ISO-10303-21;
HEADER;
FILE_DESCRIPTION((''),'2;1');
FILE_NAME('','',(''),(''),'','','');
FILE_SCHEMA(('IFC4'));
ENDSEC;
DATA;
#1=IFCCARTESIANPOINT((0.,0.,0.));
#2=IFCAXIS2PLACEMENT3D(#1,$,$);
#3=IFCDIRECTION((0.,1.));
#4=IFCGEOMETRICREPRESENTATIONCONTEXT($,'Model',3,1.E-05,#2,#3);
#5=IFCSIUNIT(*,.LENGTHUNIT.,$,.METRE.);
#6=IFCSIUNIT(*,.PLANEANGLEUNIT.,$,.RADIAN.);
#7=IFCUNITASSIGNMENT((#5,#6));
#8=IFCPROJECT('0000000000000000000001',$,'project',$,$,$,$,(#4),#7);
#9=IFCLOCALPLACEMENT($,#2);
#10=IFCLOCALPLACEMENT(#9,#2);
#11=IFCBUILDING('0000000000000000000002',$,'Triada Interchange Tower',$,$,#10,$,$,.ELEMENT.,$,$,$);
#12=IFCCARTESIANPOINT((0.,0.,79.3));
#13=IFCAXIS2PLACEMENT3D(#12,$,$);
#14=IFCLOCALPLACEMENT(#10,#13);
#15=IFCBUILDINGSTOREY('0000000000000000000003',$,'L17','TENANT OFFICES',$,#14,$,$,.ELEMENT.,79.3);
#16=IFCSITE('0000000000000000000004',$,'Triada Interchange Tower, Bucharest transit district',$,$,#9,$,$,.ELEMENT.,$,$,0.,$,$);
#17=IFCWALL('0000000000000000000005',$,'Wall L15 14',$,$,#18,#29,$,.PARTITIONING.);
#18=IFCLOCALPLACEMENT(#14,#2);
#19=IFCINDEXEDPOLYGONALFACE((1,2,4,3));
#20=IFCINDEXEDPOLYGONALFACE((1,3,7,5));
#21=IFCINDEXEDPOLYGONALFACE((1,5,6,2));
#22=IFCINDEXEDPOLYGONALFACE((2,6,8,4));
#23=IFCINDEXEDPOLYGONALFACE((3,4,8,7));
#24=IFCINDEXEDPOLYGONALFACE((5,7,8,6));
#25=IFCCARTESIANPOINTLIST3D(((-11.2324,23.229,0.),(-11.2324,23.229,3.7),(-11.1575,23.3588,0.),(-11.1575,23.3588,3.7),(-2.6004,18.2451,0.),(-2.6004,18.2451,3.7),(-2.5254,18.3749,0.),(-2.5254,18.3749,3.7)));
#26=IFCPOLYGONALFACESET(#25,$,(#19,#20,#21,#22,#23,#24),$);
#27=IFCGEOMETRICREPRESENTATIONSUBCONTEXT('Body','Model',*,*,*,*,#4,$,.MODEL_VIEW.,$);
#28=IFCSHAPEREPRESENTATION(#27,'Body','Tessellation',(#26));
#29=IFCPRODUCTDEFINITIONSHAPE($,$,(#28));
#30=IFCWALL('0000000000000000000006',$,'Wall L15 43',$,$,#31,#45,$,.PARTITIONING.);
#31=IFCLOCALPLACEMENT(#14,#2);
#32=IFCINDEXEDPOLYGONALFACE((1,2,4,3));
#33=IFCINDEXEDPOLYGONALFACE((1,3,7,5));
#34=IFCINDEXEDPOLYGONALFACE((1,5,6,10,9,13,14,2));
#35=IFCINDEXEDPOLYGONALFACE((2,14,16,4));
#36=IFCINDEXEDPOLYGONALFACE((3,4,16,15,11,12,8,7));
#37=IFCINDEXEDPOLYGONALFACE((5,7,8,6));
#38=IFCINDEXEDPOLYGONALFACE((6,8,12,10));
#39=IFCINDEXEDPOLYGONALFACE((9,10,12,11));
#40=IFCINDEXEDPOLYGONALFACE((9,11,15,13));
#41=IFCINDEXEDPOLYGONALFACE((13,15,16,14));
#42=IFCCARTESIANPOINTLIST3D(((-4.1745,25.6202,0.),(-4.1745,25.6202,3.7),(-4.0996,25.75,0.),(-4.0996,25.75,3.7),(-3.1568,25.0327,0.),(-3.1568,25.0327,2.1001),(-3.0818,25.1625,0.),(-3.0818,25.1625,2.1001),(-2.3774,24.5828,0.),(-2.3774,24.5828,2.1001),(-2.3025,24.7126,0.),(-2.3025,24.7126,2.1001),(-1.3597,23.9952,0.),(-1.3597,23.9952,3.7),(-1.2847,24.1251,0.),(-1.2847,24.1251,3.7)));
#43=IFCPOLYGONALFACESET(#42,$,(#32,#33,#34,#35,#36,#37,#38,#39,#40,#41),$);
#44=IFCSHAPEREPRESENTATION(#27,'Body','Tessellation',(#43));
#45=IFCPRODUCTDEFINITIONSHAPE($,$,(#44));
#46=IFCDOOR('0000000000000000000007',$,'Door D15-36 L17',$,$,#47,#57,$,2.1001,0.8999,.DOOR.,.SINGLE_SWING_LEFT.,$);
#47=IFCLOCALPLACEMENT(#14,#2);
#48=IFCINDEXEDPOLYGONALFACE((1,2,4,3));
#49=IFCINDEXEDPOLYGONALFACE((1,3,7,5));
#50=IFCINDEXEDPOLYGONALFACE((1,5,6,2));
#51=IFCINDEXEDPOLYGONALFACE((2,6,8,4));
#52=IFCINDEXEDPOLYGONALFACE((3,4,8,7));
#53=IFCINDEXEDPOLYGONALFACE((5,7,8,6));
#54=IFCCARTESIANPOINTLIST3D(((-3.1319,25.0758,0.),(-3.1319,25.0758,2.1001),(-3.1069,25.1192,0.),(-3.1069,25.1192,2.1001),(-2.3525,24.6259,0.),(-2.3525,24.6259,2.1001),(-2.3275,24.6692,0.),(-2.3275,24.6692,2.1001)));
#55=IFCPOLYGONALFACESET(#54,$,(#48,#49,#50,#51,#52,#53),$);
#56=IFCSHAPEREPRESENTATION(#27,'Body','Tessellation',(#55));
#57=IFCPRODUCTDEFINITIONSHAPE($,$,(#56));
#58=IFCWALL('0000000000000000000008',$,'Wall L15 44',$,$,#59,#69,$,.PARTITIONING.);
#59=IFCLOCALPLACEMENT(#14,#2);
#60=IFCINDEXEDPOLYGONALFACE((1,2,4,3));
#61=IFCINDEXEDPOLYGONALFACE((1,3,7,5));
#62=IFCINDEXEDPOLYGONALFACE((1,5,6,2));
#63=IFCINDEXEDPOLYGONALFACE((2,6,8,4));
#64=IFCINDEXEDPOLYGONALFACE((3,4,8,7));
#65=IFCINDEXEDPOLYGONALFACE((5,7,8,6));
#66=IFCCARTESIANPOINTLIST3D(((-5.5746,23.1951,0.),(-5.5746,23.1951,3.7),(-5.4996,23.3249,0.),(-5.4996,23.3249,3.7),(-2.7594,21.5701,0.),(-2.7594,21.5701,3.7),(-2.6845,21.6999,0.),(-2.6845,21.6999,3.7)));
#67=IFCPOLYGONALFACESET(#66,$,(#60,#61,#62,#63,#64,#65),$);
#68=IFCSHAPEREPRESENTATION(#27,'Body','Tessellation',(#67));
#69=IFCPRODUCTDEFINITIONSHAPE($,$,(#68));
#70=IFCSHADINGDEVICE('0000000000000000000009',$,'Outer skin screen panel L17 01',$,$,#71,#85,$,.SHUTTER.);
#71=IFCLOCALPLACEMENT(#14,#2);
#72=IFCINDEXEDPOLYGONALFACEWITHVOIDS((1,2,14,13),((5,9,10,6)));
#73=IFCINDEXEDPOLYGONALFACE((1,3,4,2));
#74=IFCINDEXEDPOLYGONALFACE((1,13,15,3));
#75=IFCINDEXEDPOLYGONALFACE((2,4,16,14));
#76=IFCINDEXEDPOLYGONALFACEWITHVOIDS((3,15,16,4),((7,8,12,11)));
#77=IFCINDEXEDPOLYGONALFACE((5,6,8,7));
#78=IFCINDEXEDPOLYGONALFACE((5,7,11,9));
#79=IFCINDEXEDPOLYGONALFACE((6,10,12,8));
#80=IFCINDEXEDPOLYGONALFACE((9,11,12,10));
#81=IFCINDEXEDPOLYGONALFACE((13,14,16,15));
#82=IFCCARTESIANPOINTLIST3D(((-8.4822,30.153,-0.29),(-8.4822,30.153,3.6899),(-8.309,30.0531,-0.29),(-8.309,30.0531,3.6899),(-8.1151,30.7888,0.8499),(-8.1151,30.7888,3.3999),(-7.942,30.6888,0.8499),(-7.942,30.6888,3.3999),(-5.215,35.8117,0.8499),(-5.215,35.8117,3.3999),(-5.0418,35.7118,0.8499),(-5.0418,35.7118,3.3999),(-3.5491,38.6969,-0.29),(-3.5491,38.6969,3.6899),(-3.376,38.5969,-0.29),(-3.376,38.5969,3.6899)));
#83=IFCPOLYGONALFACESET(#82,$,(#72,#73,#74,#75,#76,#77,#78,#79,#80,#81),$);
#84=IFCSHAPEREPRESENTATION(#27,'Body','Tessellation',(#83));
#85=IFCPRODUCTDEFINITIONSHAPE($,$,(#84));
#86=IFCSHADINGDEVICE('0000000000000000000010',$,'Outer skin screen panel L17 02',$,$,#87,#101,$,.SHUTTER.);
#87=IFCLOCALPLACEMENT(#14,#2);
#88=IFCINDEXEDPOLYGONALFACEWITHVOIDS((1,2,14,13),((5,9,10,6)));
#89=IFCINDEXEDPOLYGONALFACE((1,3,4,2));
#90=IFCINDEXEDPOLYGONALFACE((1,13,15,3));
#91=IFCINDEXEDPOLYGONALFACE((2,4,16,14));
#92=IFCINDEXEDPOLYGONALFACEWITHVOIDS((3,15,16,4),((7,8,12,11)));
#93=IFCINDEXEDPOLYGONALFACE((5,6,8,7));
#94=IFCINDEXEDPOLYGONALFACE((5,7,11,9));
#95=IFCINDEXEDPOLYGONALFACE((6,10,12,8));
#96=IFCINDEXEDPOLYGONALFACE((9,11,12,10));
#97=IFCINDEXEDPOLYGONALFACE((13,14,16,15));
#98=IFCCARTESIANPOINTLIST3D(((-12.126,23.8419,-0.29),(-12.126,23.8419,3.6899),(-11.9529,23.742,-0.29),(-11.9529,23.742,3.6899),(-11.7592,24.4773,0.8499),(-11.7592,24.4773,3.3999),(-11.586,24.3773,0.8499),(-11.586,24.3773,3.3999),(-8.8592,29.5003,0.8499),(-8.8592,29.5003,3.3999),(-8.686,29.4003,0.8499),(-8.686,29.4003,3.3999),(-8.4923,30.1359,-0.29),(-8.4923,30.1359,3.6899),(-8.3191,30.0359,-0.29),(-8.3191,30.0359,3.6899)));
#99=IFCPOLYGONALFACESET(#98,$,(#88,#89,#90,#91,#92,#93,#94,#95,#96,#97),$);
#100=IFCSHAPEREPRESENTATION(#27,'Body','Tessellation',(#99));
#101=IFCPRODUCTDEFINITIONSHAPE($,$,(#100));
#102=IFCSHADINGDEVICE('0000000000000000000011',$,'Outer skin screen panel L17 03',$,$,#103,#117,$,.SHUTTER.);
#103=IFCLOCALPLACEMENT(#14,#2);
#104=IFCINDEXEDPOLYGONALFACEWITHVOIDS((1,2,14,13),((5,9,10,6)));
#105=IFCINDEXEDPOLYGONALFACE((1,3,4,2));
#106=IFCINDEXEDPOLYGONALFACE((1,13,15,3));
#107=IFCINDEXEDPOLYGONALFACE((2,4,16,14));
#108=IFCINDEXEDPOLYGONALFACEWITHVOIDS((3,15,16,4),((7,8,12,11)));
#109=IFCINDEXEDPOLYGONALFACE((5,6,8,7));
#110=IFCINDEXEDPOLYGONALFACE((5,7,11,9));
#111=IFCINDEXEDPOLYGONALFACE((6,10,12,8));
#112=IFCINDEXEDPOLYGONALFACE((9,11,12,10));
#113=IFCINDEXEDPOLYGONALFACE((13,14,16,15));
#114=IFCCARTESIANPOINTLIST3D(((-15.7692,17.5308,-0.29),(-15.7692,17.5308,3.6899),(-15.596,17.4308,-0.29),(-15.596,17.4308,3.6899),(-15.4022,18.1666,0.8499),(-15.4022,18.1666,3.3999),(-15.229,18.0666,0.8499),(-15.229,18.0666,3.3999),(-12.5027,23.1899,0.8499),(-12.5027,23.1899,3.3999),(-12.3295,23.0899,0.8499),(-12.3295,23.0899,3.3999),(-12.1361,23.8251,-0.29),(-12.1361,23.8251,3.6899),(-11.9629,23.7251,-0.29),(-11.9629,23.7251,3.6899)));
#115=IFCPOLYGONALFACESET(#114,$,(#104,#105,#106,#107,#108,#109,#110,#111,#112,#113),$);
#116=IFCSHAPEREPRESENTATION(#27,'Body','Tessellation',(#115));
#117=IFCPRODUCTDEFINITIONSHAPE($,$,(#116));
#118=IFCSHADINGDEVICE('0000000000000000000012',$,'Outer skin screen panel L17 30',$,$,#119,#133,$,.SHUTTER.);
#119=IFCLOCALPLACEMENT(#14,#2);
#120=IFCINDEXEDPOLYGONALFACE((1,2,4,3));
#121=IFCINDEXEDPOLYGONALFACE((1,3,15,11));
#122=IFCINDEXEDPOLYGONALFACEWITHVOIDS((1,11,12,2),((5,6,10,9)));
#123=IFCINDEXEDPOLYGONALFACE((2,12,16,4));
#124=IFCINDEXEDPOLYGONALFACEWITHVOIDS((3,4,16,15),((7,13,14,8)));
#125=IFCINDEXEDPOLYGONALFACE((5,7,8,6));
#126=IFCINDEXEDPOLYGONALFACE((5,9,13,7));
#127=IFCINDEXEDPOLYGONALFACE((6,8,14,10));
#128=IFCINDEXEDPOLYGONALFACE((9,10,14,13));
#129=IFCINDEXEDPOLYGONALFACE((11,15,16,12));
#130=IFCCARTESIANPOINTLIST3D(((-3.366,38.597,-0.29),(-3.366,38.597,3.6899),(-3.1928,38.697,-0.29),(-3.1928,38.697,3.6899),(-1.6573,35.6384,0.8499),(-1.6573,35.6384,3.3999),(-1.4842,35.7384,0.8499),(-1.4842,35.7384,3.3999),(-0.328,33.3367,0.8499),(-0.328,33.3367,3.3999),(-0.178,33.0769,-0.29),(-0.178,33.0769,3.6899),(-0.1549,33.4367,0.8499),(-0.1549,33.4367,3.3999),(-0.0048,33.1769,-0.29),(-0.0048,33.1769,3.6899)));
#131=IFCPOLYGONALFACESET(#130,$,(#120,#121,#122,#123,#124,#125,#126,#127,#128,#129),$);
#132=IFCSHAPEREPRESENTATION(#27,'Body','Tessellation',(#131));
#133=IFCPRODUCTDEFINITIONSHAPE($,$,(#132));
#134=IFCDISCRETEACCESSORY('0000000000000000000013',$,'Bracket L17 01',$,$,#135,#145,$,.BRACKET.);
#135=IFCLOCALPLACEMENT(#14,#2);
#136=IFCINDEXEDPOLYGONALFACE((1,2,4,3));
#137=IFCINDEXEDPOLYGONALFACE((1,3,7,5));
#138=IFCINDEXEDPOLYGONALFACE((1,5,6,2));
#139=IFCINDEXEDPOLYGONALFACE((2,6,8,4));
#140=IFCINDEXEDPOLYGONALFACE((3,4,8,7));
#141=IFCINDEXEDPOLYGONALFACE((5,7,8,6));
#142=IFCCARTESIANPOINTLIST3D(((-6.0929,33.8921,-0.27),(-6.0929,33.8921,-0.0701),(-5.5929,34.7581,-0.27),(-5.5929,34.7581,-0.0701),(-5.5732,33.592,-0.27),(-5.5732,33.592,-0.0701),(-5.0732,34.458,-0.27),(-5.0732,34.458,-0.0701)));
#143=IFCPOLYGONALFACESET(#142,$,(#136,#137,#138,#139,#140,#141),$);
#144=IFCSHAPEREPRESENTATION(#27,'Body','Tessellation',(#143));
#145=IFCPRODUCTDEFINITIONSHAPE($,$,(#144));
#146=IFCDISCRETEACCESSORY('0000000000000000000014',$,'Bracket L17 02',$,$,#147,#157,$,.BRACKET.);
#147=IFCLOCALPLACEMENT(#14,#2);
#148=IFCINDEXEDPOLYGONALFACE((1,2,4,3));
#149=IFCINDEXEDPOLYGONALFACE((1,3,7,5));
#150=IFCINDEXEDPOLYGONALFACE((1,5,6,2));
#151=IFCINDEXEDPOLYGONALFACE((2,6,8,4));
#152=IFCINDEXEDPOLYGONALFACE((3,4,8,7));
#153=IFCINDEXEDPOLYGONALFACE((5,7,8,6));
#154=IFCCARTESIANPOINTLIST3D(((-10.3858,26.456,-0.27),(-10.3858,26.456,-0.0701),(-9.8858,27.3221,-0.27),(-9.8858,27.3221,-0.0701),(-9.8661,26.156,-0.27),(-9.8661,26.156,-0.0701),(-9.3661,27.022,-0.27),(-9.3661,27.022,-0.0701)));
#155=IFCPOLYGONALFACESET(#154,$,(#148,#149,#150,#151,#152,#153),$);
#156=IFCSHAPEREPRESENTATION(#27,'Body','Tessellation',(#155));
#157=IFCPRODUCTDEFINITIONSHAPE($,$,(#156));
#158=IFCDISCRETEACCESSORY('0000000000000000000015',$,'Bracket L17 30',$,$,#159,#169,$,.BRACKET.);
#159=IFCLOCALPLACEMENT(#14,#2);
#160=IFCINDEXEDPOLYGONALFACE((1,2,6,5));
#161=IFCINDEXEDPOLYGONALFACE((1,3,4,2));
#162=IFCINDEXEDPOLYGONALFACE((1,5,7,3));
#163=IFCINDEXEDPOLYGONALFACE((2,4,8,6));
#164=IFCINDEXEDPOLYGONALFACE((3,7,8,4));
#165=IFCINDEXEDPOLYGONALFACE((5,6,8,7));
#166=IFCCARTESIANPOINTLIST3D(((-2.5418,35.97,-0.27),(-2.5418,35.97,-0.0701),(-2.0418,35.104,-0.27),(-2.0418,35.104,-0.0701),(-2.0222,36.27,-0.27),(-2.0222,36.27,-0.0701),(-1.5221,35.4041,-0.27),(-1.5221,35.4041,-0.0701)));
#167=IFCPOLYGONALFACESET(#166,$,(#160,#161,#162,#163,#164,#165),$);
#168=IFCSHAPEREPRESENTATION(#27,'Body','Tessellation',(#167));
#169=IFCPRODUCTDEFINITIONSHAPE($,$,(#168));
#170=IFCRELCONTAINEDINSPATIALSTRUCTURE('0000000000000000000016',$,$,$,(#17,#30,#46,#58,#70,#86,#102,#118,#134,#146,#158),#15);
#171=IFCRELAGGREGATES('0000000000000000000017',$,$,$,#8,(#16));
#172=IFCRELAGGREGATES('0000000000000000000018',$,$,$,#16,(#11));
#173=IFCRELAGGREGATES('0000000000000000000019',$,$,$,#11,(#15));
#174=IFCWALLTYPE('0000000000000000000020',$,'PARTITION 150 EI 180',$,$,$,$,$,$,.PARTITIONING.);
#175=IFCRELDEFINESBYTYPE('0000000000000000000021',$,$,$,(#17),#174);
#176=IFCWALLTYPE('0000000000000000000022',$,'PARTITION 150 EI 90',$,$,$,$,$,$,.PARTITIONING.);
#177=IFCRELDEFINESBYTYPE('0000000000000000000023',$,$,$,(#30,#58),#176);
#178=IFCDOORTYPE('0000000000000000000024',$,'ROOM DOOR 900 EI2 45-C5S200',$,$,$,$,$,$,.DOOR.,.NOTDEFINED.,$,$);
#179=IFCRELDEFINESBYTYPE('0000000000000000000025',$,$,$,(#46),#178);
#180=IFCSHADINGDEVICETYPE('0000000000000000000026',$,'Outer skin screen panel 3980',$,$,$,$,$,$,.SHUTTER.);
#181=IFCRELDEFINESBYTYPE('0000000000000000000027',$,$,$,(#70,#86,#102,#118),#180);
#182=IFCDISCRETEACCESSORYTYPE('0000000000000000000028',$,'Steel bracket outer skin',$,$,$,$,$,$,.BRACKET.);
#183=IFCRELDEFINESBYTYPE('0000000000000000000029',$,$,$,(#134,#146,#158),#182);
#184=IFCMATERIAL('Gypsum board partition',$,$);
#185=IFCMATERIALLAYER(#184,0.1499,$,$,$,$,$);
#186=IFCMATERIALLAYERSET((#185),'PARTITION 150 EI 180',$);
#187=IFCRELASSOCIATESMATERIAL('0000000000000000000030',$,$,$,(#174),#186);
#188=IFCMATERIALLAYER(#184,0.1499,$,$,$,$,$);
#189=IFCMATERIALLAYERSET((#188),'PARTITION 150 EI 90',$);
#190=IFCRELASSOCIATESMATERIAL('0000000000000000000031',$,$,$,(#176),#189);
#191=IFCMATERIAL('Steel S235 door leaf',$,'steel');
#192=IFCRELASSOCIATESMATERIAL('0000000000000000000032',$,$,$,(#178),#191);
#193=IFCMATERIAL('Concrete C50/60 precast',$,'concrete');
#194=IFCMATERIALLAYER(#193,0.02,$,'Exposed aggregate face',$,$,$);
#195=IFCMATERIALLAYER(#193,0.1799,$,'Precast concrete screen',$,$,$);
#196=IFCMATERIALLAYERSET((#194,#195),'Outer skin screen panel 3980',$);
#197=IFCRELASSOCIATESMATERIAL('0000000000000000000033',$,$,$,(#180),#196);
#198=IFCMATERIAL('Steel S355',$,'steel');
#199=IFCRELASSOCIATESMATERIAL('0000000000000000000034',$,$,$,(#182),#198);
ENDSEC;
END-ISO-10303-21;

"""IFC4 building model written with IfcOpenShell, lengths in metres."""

from ifc_helpers import new_model, si_unit, direction, frame, frame_2d, origin, origin_2d, place, context, subcontext, project, spatial, polyline, rectangle, outline, extrude, material, layer, layer_set, type_object, element, fill, save


model = new_model("IFC4")

# Units and contexts
model_context = context("Model", 3, precision=1e-05, world=origin(), true_north=direction((0.0, 1.0)))
body_context = subcontext(model_context, "Body", "Model", "MODEL_VIEW")
ifc_project = project(units=[si_unit("LENGTHUNIT", "METRE"), si_unit("PLANEANGLEUNIT", "RADIAN")], contexts=[model_context])

# Site, building, storey
site_placement = place(None, origin())
site = spatial("IfcSite", under=ifc_project, at=site_placement, Name="Triada Interchange Tower, Bucharest transit district", CompositionType="ELEMENT", RefElevation=0.0)
building_placement = place(site_placement, origin())
building = spatial("IfcBuilding", under=site, at=building_placement, Name="Triada Interchange Tower", CompositionType="ELEMENT")
storey_placement = place(building_placement, frame((0.0, 0.0, 79.3)))
storey = spatial("IfcBuildingStorey", under=building, at=storey_placement, Name="L17", Description="TENANT OFFICES", CompositionType="ELEMENT", Elevation=79.3)

# Wall
ifc_material_1 = material(Name="Gypsum board partition")
ifc_layer_1 = layer(ifc_material_1, 0.1499)
ifc_layer_set_1 = layer_set([ifc_layer_1], Name="PARTITION 150 EI 180")
wall_type_1 = type_object("IfcWallType", Name="PARTITION 150 EI 180", PredefinedType="PARTITIONING", material=ifc_layer_set_1)
wall_1_placement = place(storey_placement, frame((-11.1951, 23.2939, 0.0), z_axis=(0.0, 0.0, 1.0), x_axis=(0.866019, -0.500012, 0.0)))
element("IfcWall", 1, at=wall_1_placement, inside=storey, type_object=wall_type_1, Name="Wall L15 14", PredefinedType="PARTITIONING", context=body_context, shape_type="SweptSolid", body=[
    extrude(rectangle(XDim=9.9675, YDim=0.1499, at=frame_2d((4.9839, 0.0))), origin(), (0.0, 0.0, 1.0), 3.7),
])

# Wall, opening, door
ifc_layer_2 = layer(ifc_material_1, 0.1499)
ifc_layer_set_2 = layer_set([ifc_layer_2], Name="PARTITION 150 EI 90")
wall_type_2 = type_object("IfcWallType", Name="PARTITION 150 EI 90", PredefinedType="PARTITIONING", material=ifc_layer_set_2)
wall_2_placement = place(storey_placement, frame((-4.137, 25.6851, 0.0), z_axis=(0.0, 0.0, 1.0), x_axis=(0.866053, -0.499952, 0.0)))
wall_2 = element("IfcWall", 2, at=wall_2_placement, inside=storey, type_object=wall_type_2, Name="Wall L15 43", PredefinedType="PARTITIONING", context=body_context, shape_type="SweptSolid", body=[
    extrude(rectangle(XDim=3.2502, YDim=0.1499, at=frame_2d((1.625, 0.0))), origin(), (0.0, 0.0, 1.0), 3.7),
])
opening_1_placement = place(wall_2_placement, frame((1.175, 0.0, 0.0)))
opening_1 = element("IfcOpeningElement", 3, at=opening_1_placement, cuts=wall_2, PredefinedType="OPENING", context=body_context, shape_type="SweptSolid", body=[
    extrude(rectangle(XDim=0.8999, YDim=2.1001, at=frame_2d((0.45, 1.05))), frame((0.0, 0.085, 0.0), z_axis=(0.0, -1.0, 0.0), x_axis=(1.0, 0.0, 0.0)), (0.0, 0.0, 1.0), 0.1699),
])
ifc_material_2 = material(Name="Steel S235 door leaf", Category="steel")
door_type = type_object("IfcDoorType", Name="ROOM DOOR 900 EI2 45-C5S200", OperationType="NOTDEFINED", PredefinedType="DOOR", material=ifc_material_2)
door_placement = place(opening_1_placement, origin())
door = element("IfcDoor", 4, at=door_placement, inside=storey, type_object=door_type, Name="Door D15-36 L17", OperationType="SINGLE_SWING_LEFT", OverallHeight=2.1001, OverallWidth=0.8999, PredefinedType="DOOR", context=body_context, shape_type="SweptSolid", body=[
    extrude(rectangle(XDim=0.8999, YDim=2.1001, at=frame_2d((0.45, 1.05))), frame((0.0, 0.0249, 0.0), z_axis=(0.0, -1.0, 0.0), x_axis=(1.0, 0.0, 0.0)), (0.0, 0.0, 1.0), 0.05),
])
fill(opening_1, door)

# Wall
wall_3_placement = place(storey_placement, frame((-5.5371, 23.26, 0.0), z_axis=(0.0, 0.0, 1.0), x_axis=(0.866072, -0.49992, 0.0)))
element("IfcWall", 5, at=wall_3_placement, inside=storey, type_object=wall_type_2, Name="Wall L15 44", PredefinedType="PARTITIONING", context=body_context, shape_type="SweptSolid", body=[
    extrude(rectangle(XDim=3.2505, YDim=0.1499, at=frame_2d((1.6252, 0.0))), origin(), (0.0, 0.0, 1.0), 3.7),
])

# Shading devices
ifc_material_3 = material(Name="Concrete C50/60 precast", Category="concrete")
ifc_layer_3 = layer(ifc_material_3, 0.02, Name="Exposed aggregate face")
ifc_layer_4 = layer(ifc_material_3, 0.1799, Name="Precast concrete screen")
ifc_layer_set_3 = layer_set([ifc_layer_3, ifc_layer_4], Name="Outer skin screen panel 3980")
shading_device_type = type_object("IfcShadingDeviceType", Name="Outer skin screen panel 3980", PredefinedType="SHUTTER", material=ifc_layer_set_3)
shading_device_1_placement = place(storey_placement, frame((-3.376, 38.5969, -0.29), z_axis=(0.0, 0.0, 1.0), x_axis=(-0.500019, -0.866014, 0.0)))
element("IfcShadingDevice", 6, at=shading_device_1_placement, inside=storey, type_object=shading_device_type, Name="Outer skin screen panel L17 01", PredefinedType="SHUTTER", context=body_context, shape_type="SweptSolid", body=[
    extrude(outline(polyline([(0.0, 0.0), (9.8657, 0.0), (9.8657, 3.98), (0.0, 3.98), (0.0, 0.0)]), holes=[polyline([(3.3315, 1.1399), (3.3315, 3.6899), (9.1316, 3.6899), (9.1316, 1.1399), (3.3315, 1.1399)])]), frame((0.0, 0.0, 0.0), z_axis=(0.0, -1.0, 0.0), x_axis=(1.0, 0.0, 0.0)), (0.0, 0.0, 1.0), 0.2),
])
shading_device_2_placement = place(storey_placement, frame((-8.3191, 30.0359, -0.29), z_axis=(0.0, 0.0, 1.0), x_axis=(-0.499998, -0.866027, 0.0)))
element("IfcShadingDevice", 7, at=shading_device_2_placement, inside=storey, type_object=shading_device_type, Name="Outer skin screen panel L17 02", PredefinedType="SHUTTER", context=body_context, shape_type="SweptSolid", body=[
    extrude(outline(polyline([(0.0, 0.0), (7.2676, 0.0), (7.2676, 3.98), (0.0, 3.98), (0.0, 0.0)]), holes=[polyline([(0.7339, 1.1399), (0.7339, 3.6899), (6.5339, 3.6899), (6.5339, 1.1399), (0.7339, 1.1399)])]), frame((0.0, 0.0, 0.0), z_axis=(0.0, -1.0, 0.0), x_axis=(1.0, 0.0, 0.0)), (0.0, 0.0, 1.0), 0.2),
])
shading_device_3_placement = place(storey_placement, frame((-11.9629, 23.7251, -0.29), z_axis=(0.0, 0.0, 1.0), x_axis=(-0.499908, -0.866079, 0.0)))
element("IfcShadingDevice", 8, at=shading_device_3_placement, inside=storey, type_object=shading_device_type, Name="Outer skin screen panel L17 03", PredefinedType="SHUTTER", context=body_context, shape_type="SweptSolid", body=[
    extrude(outline(polyline([(0.0, 0.0), (7.2676, 0.0), (7.2676, 3.98), (0.0, 3.98), (0.0, 0.0)]), holes=[polyline([(0.7334, 1.1399), (0.7334, 3.6899), (6.5334, 3.6899), (6.5334, 1.1399), (0.7334, 1.1399)])]), frame((0.0, 0.0, 0.0), z_axis=(0.0, -1.0, 0.0), x_axis=(1.0, 0.0, 0.0)), (0.0, 0.0, 1.0), 0.2),
])
shading_device_4_placement = place(storey_placement, frame((-0.178, 33.0769, -0.29), z_axis=(0.0, 0.0, 1.0), x_axis=(-0.500118, 0.865957, 0.0)))
element("IfcShadingDevice", 9, at=shading_device_4_placement, inside=storey, type_object=shading_device_type, Name="Outer skin screen panel L17 30", PredefinedType="SHUTTER", context=body_context, shape_type="SweptSolid", body=[
    extrude(outline(polyline([(0.0, 0.0), (6.3745, 0.0), (6.3745, 3.98), (0.0, 3.98), (0.0, 0.0)]), holes=[polyline([(0.3, 1.1399), (0.3, 3.6899), (2.958, 3.6899), (2.958, 1.1399), (0.3, 1.1399)])]), frame((0.0, 0.0, 0.0), z_axis=(0.0, -1.0, 0.0), x_axis=(1.0, 0.0, 0.0)), (0.0, 0.0, 1.0), 0.2),
])

# Discrete accessories
ifc_material_4 = material(Name="Steel S355", Category="steel")
discrete_accessory_type = type_object("IfcDiscreteAccessoryType", Name="Steel bracket outer skin", PredefinedType="BRACKET", material=ifc_material_4)
for number, where, z_axis, x_axis, name in (
    (10, (-5.583, 34.175, -0.27), (0.0, 0.0, 1.0), (-0.866027, 0.499997, 0.0), "Bracket L17 01"),
    (11, (-9.876, 26.739, -0.27), (0.0, 0.0, 1.0), (-0.866027, 0.499997, 0.0), "Bracket L17 02"),
    (12, (-2.032, 35.687, -0.27), (0.0, 0.0, 1.0), (0.865998, 0.500048, 0.0), "Bracket L17 30"),
):
    element("IfcDiscreteAccessory", number, at=place(storey_placement, frame(where, z_axis=z_axis, x_axis=x_axis)), inside=storey, type_object=discrete_accessory_type, Name=name, PredefinedType="BRACKET", context=body_context, shape_type="SweptSolid", body=[
        extrude(rectangle(XDim=0.6001, YDim=1.0, at=origin_2d()), origin(), (0.0, 0.0, 1.0), 0.2),
    ])

save(model, "model.ifc")
